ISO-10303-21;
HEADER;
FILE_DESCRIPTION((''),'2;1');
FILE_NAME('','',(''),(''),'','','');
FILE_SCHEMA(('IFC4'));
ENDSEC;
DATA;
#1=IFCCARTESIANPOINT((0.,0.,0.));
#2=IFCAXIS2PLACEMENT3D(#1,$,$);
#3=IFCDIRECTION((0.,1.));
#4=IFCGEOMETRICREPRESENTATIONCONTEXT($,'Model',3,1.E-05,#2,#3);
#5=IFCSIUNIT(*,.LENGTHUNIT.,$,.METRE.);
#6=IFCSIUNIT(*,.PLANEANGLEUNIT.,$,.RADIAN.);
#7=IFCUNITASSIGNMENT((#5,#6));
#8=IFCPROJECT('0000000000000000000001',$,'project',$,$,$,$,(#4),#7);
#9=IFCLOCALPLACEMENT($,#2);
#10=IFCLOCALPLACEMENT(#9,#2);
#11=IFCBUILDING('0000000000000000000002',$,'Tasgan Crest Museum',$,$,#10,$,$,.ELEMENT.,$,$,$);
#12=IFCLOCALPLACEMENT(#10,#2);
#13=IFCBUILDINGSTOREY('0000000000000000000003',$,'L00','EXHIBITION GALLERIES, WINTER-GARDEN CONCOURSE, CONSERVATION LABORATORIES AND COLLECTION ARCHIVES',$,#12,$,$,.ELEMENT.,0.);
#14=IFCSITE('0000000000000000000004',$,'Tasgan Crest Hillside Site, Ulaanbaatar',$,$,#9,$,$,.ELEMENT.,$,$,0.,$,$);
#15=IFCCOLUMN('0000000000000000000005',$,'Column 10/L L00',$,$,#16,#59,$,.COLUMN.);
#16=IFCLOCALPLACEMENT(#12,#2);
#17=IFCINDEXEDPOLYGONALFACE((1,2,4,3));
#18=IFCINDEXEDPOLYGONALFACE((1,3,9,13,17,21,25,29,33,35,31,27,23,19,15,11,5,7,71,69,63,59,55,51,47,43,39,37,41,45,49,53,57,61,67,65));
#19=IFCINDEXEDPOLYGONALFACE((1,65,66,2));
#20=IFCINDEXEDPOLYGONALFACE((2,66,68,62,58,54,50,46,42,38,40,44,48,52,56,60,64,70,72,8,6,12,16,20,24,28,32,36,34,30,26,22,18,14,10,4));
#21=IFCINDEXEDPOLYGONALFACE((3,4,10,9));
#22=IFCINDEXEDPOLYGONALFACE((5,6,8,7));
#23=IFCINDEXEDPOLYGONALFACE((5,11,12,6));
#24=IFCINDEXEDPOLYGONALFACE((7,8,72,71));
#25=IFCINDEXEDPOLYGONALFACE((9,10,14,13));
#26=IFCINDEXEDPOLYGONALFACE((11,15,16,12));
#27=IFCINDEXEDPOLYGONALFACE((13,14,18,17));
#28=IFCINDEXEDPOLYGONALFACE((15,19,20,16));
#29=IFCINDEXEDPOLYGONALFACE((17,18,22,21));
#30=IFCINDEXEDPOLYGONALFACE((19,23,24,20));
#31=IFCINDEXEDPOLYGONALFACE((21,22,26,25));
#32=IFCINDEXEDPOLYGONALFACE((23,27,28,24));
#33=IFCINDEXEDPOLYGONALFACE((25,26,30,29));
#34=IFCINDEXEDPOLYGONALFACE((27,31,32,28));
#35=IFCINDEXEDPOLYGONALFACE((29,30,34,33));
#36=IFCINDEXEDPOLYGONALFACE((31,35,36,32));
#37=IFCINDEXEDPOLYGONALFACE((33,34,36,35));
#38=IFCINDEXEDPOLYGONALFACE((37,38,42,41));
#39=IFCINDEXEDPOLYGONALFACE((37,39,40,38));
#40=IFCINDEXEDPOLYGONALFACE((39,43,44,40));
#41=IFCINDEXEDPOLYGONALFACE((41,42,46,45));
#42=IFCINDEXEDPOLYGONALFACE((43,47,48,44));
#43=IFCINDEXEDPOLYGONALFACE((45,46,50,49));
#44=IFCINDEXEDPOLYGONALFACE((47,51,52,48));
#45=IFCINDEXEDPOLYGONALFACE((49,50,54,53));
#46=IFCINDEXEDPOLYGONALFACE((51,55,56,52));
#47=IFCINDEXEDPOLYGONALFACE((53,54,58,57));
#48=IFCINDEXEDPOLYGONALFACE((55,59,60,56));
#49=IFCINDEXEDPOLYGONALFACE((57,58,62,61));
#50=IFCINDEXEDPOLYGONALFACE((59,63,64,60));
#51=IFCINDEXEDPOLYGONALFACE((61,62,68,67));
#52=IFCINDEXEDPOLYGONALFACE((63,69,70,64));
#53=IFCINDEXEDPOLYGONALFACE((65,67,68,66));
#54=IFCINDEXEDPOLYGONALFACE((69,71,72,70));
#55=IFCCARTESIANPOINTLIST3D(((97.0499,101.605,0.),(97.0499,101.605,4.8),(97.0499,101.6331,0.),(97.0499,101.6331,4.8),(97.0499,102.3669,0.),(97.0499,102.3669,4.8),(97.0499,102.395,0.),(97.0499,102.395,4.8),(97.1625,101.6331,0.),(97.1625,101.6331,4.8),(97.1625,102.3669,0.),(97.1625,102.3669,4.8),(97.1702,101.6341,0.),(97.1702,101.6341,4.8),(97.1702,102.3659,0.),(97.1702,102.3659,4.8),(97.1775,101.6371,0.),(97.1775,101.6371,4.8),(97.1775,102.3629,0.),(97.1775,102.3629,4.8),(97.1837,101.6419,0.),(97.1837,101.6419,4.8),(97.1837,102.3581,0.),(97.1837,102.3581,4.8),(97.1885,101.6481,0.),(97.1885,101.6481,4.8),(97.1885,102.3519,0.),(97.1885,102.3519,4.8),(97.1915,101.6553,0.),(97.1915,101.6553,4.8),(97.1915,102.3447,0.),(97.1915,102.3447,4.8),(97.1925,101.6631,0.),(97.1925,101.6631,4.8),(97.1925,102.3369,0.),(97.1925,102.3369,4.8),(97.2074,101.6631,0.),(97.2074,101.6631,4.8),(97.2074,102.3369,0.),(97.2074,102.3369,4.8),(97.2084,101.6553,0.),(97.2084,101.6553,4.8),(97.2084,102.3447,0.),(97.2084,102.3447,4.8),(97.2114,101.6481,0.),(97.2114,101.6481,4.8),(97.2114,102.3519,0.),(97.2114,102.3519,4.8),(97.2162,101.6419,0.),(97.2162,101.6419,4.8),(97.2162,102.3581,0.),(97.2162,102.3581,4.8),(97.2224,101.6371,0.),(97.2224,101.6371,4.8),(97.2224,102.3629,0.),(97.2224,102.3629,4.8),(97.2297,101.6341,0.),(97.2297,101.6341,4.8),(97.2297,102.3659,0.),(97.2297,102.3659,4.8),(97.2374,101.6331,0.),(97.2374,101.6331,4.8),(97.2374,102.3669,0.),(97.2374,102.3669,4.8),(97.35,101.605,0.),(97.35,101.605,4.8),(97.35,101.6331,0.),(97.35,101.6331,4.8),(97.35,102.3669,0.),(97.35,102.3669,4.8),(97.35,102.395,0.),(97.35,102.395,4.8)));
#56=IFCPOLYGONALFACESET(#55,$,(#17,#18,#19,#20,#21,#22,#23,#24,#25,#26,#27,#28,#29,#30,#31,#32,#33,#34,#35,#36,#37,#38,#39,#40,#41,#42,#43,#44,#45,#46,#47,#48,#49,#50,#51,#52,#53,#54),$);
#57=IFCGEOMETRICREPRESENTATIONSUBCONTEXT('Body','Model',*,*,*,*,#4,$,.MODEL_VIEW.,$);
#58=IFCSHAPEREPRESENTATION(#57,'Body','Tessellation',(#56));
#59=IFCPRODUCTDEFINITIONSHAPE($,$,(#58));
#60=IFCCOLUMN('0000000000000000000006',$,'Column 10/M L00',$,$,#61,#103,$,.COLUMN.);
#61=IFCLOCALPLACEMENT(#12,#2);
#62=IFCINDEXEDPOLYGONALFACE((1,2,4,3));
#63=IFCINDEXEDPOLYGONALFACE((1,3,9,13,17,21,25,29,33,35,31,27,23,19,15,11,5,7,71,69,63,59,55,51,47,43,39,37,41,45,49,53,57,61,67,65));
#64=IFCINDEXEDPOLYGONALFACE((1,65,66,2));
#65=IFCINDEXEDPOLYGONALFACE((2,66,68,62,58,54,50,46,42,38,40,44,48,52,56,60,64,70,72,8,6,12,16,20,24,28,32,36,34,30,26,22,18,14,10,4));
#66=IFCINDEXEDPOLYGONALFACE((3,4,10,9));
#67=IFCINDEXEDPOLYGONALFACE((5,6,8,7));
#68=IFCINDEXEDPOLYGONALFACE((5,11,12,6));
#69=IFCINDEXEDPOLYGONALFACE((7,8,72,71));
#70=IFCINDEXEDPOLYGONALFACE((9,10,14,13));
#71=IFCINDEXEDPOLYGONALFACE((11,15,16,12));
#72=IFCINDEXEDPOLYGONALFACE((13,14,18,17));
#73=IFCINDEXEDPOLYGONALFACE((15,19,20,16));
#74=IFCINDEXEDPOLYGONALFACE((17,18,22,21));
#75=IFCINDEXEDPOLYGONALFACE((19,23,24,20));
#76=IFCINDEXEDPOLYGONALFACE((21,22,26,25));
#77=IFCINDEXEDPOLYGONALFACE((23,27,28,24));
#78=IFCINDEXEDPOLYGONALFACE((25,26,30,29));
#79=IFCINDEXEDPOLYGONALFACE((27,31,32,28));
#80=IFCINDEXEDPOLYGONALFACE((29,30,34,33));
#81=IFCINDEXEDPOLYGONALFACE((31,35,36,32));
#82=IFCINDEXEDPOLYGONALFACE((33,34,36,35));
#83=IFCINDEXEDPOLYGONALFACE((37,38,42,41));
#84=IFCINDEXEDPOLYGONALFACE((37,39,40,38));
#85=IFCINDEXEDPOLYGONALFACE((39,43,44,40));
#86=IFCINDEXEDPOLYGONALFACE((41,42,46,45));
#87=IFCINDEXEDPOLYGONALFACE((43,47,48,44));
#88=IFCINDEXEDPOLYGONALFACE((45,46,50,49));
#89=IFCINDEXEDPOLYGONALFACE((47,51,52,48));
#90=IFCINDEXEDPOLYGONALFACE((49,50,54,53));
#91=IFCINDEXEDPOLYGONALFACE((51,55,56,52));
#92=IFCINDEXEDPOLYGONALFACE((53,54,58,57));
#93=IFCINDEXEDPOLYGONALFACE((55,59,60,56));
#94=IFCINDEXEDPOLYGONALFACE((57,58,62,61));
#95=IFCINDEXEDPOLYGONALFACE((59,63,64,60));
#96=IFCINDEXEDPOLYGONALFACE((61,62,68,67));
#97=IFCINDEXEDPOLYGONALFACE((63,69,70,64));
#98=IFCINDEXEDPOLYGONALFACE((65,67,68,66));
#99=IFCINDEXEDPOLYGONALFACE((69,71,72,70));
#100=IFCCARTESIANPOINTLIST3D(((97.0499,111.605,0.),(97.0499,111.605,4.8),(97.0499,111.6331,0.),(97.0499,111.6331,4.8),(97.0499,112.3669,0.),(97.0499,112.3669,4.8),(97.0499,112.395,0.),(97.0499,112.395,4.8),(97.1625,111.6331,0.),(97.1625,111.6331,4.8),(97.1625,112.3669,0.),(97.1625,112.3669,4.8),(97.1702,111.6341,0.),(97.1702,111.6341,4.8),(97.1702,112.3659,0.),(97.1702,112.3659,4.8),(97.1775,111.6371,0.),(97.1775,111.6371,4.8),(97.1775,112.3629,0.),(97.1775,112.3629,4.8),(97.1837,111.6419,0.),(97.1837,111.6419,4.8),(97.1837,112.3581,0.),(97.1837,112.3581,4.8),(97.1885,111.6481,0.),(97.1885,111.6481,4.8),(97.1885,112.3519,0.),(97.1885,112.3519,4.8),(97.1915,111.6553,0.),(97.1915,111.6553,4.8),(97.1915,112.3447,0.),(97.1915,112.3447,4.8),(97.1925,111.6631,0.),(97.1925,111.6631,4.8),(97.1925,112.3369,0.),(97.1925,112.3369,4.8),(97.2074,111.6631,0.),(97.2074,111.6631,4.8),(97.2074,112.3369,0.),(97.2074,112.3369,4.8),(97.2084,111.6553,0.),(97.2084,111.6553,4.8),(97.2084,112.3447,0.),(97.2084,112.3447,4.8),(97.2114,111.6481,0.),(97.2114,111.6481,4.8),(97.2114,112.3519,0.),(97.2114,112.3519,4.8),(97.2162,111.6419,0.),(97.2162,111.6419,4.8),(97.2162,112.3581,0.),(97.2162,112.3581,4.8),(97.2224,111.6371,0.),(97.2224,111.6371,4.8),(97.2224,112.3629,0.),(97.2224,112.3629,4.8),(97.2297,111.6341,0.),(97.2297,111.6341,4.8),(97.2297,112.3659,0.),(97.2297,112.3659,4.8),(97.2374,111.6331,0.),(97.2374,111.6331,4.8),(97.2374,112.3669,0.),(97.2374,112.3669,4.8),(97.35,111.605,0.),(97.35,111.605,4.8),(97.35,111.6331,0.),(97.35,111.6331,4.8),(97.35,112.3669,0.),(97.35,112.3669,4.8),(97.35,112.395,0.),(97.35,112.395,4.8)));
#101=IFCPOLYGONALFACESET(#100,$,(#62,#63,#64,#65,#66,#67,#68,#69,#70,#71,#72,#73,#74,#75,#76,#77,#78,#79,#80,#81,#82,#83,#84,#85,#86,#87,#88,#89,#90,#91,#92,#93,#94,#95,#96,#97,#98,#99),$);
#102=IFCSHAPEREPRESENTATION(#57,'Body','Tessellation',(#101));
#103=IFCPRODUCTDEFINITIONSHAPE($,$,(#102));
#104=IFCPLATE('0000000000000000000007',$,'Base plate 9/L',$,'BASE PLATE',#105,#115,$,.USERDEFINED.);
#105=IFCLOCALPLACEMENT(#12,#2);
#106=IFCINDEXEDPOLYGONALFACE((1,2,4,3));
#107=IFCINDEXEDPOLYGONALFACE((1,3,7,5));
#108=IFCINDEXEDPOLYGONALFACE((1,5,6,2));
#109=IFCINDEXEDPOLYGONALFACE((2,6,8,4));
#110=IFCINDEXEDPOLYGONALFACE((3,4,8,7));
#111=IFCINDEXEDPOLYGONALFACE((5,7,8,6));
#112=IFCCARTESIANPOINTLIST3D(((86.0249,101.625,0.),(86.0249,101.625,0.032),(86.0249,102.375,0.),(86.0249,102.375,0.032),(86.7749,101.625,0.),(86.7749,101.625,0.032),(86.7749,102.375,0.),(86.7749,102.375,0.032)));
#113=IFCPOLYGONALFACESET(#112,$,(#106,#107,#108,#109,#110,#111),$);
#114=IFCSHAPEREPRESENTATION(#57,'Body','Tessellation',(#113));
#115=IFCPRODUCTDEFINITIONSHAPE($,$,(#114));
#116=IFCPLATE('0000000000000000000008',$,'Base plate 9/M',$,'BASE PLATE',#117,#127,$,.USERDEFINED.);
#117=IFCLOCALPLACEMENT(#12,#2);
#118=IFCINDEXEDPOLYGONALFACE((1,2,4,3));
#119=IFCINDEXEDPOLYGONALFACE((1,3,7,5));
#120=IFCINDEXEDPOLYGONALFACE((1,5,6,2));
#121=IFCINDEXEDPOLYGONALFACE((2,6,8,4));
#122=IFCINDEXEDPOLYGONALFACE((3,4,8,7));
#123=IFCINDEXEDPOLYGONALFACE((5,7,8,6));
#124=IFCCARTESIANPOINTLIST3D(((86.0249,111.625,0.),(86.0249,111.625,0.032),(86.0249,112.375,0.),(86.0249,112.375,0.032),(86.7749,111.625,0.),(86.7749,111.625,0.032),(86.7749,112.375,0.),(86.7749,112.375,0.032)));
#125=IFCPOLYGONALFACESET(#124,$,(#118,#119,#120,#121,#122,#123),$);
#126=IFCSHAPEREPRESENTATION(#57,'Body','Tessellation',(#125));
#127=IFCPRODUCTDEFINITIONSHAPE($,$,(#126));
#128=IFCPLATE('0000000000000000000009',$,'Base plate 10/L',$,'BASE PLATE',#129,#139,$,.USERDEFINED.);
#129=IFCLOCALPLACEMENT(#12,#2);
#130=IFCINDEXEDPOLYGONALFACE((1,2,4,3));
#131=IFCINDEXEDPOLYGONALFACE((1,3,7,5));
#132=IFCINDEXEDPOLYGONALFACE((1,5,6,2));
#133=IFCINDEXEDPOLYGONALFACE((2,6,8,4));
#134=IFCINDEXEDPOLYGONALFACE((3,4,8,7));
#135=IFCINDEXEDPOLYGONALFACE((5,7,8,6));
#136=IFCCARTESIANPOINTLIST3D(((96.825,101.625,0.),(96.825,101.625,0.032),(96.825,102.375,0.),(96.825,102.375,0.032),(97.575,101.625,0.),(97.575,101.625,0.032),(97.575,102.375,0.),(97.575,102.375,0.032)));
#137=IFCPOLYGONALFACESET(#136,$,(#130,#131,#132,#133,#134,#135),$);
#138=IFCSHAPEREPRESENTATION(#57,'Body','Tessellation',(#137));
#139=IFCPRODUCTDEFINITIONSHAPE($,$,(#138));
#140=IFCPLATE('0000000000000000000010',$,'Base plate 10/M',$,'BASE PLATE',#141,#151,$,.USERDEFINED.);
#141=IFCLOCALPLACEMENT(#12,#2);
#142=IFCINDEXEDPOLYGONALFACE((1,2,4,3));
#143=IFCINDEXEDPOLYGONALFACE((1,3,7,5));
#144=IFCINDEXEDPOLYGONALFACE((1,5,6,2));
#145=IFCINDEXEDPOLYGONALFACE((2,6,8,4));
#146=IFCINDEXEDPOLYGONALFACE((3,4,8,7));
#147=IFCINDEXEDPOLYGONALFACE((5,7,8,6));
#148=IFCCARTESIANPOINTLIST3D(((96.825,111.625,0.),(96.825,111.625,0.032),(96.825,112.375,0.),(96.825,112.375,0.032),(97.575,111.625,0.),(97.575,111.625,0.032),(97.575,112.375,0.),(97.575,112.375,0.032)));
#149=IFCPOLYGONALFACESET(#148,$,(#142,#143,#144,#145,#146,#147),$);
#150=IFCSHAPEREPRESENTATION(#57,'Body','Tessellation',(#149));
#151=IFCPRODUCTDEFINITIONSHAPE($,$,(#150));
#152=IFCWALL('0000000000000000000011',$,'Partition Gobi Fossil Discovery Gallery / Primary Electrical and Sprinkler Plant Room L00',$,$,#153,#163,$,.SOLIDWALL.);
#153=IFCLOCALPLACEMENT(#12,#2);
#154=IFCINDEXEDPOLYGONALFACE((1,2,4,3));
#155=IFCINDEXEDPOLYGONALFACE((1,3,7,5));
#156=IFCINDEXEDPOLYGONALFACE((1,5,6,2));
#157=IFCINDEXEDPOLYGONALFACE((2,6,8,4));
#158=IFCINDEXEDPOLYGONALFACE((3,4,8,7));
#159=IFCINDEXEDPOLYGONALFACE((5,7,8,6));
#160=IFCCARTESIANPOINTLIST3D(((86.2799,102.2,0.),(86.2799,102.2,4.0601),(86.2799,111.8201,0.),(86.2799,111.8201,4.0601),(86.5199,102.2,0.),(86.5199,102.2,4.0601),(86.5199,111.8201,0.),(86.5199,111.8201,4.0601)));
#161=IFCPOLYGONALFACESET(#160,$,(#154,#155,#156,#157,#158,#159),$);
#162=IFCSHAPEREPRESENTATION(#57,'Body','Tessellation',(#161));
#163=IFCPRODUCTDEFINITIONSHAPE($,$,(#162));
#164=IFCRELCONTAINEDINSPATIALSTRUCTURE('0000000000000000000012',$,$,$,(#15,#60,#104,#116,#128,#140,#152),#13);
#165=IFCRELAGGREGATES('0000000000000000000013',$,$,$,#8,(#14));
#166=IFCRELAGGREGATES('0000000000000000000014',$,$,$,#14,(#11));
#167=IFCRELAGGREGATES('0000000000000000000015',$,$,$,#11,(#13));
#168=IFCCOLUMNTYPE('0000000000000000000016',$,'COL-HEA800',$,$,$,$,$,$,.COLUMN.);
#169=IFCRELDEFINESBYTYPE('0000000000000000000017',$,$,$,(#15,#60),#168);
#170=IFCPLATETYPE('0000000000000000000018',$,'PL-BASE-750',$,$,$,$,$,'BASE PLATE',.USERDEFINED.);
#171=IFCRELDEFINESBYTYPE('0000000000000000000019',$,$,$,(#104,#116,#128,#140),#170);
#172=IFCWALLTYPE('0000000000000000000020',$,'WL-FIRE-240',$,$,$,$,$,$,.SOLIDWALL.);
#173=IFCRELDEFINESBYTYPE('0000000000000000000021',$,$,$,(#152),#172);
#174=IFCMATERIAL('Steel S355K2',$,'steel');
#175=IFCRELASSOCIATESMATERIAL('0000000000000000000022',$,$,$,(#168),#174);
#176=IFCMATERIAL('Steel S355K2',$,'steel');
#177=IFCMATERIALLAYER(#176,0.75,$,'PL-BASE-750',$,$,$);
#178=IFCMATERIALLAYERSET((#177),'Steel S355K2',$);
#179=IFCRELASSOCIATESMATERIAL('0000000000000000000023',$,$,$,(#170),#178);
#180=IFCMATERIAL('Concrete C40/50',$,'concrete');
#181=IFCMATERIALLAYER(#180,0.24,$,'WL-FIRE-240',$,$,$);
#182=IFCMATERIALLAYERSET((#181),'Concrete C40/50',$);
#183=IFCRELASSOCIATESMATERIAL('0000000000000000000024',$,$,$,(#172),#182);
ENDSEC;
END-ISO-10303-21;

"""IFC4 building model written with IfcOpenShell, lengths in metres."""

from ifc_helpers import new_model, si_unit, direction, frame, frame_2d, origin, origin_2d, place, context, subcontext, project, spatial, rectangle, i_section, extrude, material, layer, layer_set, material_profile, profile_set, type_object, element, save


model = new_model("IFC4")

# Units and contexts
model_context = context("Model", 3, precision=1e-05, world=origin(), true_north=direction((0.0, 1.0)))
body_context = subcontext(model_context, "Body", "Model", "MODEL_VIEW")
ifc_project = project(units=[si_unit("LENGTHUNIT", "METRE"), si_unit("PLANEANGLEUNIT", "RADIAN")], contexts=[model_context])

# Site, building, storey
site_placement = place(None, origin())
site = spatial("IfcSite", under=ifc_project, at=site_placement, Name="Tasgan Crest Hillside Site, Ulaanbaatar", CompositionType="ELEMENT", RefElevation=0.0)
building_placement = place(site_placement, origin())
building = spatial("IfcBuilding", under=site, at=building_placement, Name="Tasgan Crest Museum", CompositionType="ELEMENT")
storey_placement = place(building_placement, origin())
storey = spatial("IfcBuildingStorey", under=building, at=storey_placement, Name="L00", Description="EXHIBITION GALLERIES, WINTER-GARDEN CONCOURSE, CONSERVATION LABORATORIES AND COLLECTION ARCHIVES", CompositionType="ELEMENT", Elevation=0.0)

# Columns
ifc_material_1 = material(Name="Steel S355K2", Category="steel")
ifc_material_profile_1 = material_profile(ifc_material_1, i_section(OverallWidth=0.3, OverallDepth=0.79, WebThickness=0.0149, FlangeThickness=0.0281, FilletRadius=0.03, at=origin_2d()), Name="HEA 800")
ifc_profile_set_1 = profile_set([ifc_material_profile_1], Name="Steel S355K2")
column_type = type_object("IfcColumnType", Name="COL-HEA800", PredefinedType="COLUMN", material=ifc_profile_set_1)
for number, where, z_axis, x_axis, name in (
    (1, (97.2, 102.0, 0.0), (0.0, 0.0, 1.0), (1.0, 0.0, 0.0), "Column 10/L L00"),
    (2, (97.2, 112.0, 0.0), (0.0, 0.0, 1.0), (1.0, 0.0, 0.0), "Column 10/M L00"),
):
    element("IfcColumn", number, at=place(storey_placement, frame(where, z_axis=z_axis, x_axis=x_axis)), inside=storey, type_object=column_type, Name=name, PredefinedType="COLUMN", context=body_context, shape_type="SweptSolid", body=[
        extrude(i_section(OverallWidth=0.3, OverallDepth=0.79, WebThickness=0.0149, FlangeThickness=0.0281, FilletRadius=0.03, at=origin_2d()), origin(), (0.0, 0.0, 1.0), 4.8),
    ])

# Plates
ifc_material_2 = material(Name="Steel S355K2", Category="steel")
ifc_layer_1 = layer(ifc_material_2, 0.75, Name="PL-BASE-750")
ifc_layer_set_1 = layer_set([ifc_layer_1], Name="Steel S355K2")
plate_type = type_object("IfcPlateType", Name="PL-BASE-750", ElementType="BASE PLATE", PredefinedType="USERDEFINED", material=ifc_layer_set_1)
for number, where, z_axis, x_axis, name in (
    (3, (86.3999, 102.0, 0.0), (0.0, 0.0, 1.0), (1.0, 0.0, 0.0), "Base plate 9/L"),
    (4, (86.3999, 112.0, 0.0), (0.0, 0.0, 1.0), (1.0, 0.0, 0.0), "Base plate 9/M"),
    (5, (97.2, 102.0, 0.0), (0.0, 0.0, 1.0), (1.0, 0.0, 0.0), "Base plate 10/L"),
    (6, (97.2, 112.0, 0.0), (0.0, 0.0, 1.0), (1.0, 0.0, 0.0), "Base plate 10/M"),
):
    element("IfcPlate", number, at=place(storey_placement, frame(where, z_axis=z_axis, x_axis=x_axis)), inside=storey, type_object=plate_type, Name=name, ObjectType="BASE PLATE", PredefinedType="USERDEFINED", context=body_context, shape_type="SweptSolid", body=[
        extrude(rectangle(XDim=0.75, YDim=0.75, at=origin_2d()), origin(), (0.0, 0.0, 1.0), 0.032),
    ])

# Wall
ifc_material_3 = material(Name="Concrete C40/50", Category="concrete")
ifc_layer_2 = layer(ifc_material_3, 0.24, Name="WL-FIRE-240")
ifc_layer_set_2 = layer_set([ifc_layer_2], Name="Concrete C40/50")
wall_type = type_object("IfcWallType", Name="WL-FIRE-240", PredefinedType="SOLIDWALL", material=ifc_layer_set_2)
wall_placement = place(storey_placement, frame((86.3999, 102.2, 0.0), z_axis=(0.0, 0.0, 1.0), x_axis=(0.0, 1.0, 0.0)))
element("IfcWall", 7, at=wall_placement, inside=storey, type_object=wall_type, Name="Partition Gobi Fossil Discovery Gallery / Primary Electrical and Sprinkler Plant Room L00", PredefinedType="SOLIDWALL", context=body_context, shape_type="SweptSolid", body=[
    extrude(rectangle(XDim=9.6201, YDim=0.24, at=frame_2d((4.8101, 0.0))), origin(), (0.0, 0.0, 1.0), 4.0601),
])

save(model, "model.ifc")
